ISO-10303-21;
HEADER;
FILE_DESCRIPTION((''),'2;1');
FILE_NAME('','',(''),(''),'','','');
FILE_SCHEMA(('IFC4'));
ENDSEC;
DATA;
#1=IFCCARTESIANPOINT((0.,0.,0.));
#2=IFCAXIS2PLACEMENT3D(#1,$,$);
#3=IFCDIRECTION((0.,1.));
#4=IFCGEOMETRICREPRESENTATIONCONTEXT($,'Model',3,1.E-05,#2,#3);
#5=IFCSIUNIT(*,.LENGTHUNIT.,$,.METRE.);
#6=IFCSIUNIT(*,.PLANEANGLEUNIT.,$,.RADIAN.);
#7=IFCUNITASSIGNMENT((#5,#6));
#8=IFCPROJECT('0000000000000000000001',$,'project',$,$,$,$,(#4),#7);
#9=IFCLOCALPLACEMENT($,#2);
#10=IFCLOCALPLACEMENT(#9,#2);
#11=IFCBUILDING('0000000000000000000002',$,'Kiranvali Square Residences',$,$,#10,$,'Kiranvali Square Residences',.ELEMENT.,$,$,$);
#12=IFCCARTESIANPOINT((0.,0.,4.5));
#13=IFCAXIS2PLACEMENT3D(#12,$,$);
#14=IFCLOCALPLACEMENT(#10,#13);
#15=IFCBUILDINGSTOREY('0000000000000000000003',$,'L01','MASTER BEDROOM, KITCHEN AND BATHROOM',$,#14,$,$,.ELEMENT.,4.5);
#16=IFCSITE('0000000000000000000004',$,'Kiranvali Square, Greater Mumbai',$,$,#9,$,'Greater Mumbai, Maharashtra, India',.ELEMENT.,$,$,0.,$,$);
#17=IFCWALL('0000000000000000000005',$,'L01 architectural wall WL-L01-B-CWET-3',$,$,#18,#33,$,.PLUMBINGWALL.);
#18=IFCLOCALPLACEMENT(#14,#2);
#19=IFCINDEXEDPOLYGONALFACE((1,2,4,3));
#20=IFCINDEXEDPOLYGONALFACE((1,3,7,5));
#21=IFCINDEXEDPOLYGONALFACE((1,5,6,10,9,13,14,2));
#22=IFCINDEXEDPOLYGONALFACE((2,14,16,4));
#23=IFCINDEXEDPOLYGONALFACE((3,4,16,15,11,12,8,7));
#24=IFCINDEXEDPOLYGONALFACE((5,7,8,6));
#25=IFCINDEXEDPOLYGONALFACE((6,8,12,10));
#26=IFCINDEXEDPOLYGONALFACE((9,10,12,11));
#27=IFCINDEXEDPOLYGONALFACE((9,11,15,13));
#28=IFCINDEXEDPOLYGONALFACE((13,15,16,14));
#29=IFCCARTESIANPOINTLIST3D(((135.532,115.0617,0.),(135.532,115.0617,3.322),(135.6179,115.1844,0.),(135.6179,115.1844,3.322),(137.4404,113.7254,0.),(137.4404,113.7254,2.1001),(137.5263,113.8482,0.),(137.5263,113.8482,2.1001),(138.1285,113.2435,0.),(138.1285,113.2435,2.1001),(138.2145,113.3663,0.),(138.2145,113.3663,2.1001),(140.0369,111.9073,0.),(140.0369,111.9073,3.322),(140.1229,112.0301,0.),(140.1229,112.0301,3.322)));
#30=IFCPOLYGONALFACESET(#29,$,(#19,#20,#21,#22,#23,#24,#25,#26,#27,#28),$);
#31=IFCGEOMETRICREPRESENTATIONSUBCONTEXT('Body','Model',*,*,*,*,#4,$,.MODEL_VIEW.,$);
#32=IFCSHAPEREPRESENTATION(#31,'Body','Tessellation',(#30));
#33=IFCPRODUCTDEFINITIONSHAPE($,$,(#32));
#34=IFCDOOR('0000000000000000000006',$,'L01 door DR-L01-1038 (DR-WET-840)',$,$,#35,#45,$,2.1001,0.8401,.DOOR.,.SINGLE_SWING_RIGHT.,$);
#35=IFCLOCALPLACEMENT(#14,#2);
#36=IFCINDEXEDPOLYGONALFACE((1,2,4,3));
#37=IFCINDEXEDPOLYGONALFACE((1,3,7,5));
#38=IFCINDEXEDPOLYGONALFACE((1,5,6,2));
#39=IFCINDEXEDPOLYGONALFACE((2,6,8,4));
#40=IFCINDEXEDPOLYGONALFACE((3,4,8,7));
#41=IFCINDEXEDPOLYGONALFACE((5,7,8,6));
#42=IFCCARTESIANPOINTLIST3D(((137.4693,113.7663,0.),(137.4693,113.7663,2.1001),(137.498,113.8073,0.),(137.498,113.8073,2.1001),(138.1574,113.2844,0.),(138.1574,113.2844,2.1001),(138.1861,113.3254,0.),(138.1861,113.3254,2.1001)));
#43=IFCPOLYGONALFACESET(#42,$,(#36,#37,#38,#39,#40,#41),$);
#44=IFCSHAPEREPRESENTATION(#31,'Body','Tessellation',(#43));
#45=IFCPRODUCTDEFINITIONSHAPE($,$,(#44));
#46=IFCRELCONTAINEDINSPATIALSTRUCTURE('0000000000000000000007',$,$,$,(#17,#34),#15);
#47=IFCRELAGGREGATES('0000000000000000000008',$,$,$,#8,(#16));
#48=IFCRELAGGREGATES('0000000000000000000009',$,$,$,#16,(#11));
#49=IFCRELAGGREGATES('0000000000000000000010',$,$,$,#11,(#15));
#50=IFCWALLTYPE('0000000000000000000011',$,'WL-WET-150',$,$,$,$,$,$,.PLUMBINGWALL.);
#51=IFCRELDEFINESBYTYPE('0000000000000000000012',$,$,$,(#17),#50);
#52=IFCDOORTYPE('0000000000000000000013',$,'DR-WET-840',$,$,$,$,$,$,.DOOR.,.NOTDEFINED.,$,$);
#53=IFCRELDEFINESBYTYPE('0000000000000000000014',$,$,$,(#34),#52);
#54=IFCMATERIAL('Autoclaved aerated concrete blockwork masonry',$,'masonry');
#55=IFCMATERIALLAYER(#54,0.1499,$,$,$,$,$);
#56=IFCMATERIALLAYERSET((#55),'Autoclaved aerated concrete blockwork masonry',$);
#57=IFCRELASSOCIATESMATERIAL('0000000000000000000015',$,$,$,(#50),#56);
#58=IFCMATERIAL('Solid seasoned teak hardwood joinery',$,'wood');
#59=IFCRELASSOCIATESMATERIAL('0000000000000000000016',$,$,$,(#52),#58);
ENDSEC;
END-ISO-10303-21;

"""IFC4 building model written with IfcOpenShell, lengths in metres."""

from ifc_helpers import new_model, si_unit, direction, frame, frame_2d, origin, place, context, subcontext, project, spatial, rectangle, extrude, material, layer, layer_set, type_object, element, fill, save


model = new_model("IFC4")

# Units and contexts
model_context = context("Model", 3, precision=1e-05, world=origin(), true_north=direction((0.0, 1.0)))
body_context = subcontext(model_context, "Body", "Model", "MODEL_VIEW")
ifc_project = project(units=[si_unit("LENGTHUNIT", "METRE"), si_unit("PLANEANGLEUNIT", "RADIAN")], contexts=[model_context])

# Site, building, storey
site_placement = place(None, origin())
site = spatial("IfcSite", under=ifc_project, at=site_placement, Name="Kiranvali Square, Greater Mumbai", LongName="Greater Mumbai, Maharashtra, India", CompositionType="ELEMENT", RefElevation=0.0)
building_placement = place(site_placement, origin())
building = spatial("IfcBuilding", under=site, at=building_placement, Name="Kiranvali Square Residences", LongName="Kiranvali Square Residences", CompositionType="ELEMENT")
storey_placement = place(building_placement, frame((0.0, 0.0, 4.5)))
storey = spatial("IfcBuildingStorey", under=building, at=storey_placement, Name="L01", Description="MASTER BEDROOM, KITCHEN AND BATHROOM", CompositionType="ELEMENT", Elevation=4.5)

# Shared definitions
ifc_material_1 = material(Name="Autoclaved aerated concrete blockwork masonry", Category="masonry")

# Wall, opening, door
ifc_material_2 = material(Name="Solid seasoned teak hardwood joinery", Category="wood")
ifc_layer_1 = layer(ifc_material_1, 0.1499)
ifc_layer_set_1 = layer_set([ifc_layer_1], Name="Autoclaved aerated concrete blockwork masonry")
wall_type_1 = type_object("IfcWallType", Name="WL-WET-150", PredefinedType="PLUMBINGWALL", material=ifc_layer_set_1)
wall_1_placement = place(storey_placement, frame((135.575, 115.123, 0.0), z_axis=(0.0, 0.0, 1.0), x_axis=(0.819157, -0.57357, 0.0)))
wall_1 = element("IfcWall", 1, at=wall_1_placement, inside=storey, type_object=wall_type_1, Name="L01 architectural wall WL-L01-B-CWET-3", PredefinedType="PLUMBINGWALL", context=body_context, shape_type="SweptSolid", body=[
    extrude(rectangle(XDim=5.4995, YDim=0.1499, at=frame_2d((2.7498, 0.0))), origin(), (0.0, 0.0, 1.0), 3.322),
])
opening_1_placement = place(wall_1_placement, frame((2.3298, 0.0, 0.0)))
opening_1 = element("IfcOpeningElement", 2, at=opening_1_placement, cuts=wall_1, PredefinedType="OPENING", context=body_context, shape_type="SweptSolid", body=[
    extrude(rectangle(XDim=0.8401, YDim=2.1001, at=frame_2d((0.4199, 1.05))), frame((0.0, 0.085, 0.0), z_axis=(0.0, -1.0, 0.0), x_axis=(1.0, 0.0, 0.0)), (0.0, 0.0, 1.0), 0.1699),
])
door_type_1 = type_object("IfcDoorType", Name="DR-WET-840", OperationType="NOTDEFINED", PredefinedType="DOOR", material=ifc_material_2)
door_1_placement = place(opening_1_placement, frame((0.8401, 0.0, 0.0), z_axis=(0.0, 0.0, 1.0), x_axis=(-1.0, 0.0, 0.0)))
door_1 = element("IfcDoor", 3, at=door_1_placement, inside=storey, type_object=door_type_1, Name="L01 door DR-L01-1038 (DR-WET-840)", OperationType="SINGLE_SWING_RIGHT", OverallHeight=2.1001, OverallWidth=0.8401, PredefinedType="DOOR", context=body_context, shape_type="SweptSolid", body=[
    extrude(rectangle(XDim=0.8401, YDim=2.1001, at=frame_2d((0.4199, 1.05))), frame((0.0, 0.0249, 0.0), z_axis=(0.0, -1.0, 0.0), x_axis=(1.0, 0.0, 0.0)), (0.0, 0.0, 1.0), 0.05),
])
fill(opening_1, door_1)

save(model, "model.ifc")
